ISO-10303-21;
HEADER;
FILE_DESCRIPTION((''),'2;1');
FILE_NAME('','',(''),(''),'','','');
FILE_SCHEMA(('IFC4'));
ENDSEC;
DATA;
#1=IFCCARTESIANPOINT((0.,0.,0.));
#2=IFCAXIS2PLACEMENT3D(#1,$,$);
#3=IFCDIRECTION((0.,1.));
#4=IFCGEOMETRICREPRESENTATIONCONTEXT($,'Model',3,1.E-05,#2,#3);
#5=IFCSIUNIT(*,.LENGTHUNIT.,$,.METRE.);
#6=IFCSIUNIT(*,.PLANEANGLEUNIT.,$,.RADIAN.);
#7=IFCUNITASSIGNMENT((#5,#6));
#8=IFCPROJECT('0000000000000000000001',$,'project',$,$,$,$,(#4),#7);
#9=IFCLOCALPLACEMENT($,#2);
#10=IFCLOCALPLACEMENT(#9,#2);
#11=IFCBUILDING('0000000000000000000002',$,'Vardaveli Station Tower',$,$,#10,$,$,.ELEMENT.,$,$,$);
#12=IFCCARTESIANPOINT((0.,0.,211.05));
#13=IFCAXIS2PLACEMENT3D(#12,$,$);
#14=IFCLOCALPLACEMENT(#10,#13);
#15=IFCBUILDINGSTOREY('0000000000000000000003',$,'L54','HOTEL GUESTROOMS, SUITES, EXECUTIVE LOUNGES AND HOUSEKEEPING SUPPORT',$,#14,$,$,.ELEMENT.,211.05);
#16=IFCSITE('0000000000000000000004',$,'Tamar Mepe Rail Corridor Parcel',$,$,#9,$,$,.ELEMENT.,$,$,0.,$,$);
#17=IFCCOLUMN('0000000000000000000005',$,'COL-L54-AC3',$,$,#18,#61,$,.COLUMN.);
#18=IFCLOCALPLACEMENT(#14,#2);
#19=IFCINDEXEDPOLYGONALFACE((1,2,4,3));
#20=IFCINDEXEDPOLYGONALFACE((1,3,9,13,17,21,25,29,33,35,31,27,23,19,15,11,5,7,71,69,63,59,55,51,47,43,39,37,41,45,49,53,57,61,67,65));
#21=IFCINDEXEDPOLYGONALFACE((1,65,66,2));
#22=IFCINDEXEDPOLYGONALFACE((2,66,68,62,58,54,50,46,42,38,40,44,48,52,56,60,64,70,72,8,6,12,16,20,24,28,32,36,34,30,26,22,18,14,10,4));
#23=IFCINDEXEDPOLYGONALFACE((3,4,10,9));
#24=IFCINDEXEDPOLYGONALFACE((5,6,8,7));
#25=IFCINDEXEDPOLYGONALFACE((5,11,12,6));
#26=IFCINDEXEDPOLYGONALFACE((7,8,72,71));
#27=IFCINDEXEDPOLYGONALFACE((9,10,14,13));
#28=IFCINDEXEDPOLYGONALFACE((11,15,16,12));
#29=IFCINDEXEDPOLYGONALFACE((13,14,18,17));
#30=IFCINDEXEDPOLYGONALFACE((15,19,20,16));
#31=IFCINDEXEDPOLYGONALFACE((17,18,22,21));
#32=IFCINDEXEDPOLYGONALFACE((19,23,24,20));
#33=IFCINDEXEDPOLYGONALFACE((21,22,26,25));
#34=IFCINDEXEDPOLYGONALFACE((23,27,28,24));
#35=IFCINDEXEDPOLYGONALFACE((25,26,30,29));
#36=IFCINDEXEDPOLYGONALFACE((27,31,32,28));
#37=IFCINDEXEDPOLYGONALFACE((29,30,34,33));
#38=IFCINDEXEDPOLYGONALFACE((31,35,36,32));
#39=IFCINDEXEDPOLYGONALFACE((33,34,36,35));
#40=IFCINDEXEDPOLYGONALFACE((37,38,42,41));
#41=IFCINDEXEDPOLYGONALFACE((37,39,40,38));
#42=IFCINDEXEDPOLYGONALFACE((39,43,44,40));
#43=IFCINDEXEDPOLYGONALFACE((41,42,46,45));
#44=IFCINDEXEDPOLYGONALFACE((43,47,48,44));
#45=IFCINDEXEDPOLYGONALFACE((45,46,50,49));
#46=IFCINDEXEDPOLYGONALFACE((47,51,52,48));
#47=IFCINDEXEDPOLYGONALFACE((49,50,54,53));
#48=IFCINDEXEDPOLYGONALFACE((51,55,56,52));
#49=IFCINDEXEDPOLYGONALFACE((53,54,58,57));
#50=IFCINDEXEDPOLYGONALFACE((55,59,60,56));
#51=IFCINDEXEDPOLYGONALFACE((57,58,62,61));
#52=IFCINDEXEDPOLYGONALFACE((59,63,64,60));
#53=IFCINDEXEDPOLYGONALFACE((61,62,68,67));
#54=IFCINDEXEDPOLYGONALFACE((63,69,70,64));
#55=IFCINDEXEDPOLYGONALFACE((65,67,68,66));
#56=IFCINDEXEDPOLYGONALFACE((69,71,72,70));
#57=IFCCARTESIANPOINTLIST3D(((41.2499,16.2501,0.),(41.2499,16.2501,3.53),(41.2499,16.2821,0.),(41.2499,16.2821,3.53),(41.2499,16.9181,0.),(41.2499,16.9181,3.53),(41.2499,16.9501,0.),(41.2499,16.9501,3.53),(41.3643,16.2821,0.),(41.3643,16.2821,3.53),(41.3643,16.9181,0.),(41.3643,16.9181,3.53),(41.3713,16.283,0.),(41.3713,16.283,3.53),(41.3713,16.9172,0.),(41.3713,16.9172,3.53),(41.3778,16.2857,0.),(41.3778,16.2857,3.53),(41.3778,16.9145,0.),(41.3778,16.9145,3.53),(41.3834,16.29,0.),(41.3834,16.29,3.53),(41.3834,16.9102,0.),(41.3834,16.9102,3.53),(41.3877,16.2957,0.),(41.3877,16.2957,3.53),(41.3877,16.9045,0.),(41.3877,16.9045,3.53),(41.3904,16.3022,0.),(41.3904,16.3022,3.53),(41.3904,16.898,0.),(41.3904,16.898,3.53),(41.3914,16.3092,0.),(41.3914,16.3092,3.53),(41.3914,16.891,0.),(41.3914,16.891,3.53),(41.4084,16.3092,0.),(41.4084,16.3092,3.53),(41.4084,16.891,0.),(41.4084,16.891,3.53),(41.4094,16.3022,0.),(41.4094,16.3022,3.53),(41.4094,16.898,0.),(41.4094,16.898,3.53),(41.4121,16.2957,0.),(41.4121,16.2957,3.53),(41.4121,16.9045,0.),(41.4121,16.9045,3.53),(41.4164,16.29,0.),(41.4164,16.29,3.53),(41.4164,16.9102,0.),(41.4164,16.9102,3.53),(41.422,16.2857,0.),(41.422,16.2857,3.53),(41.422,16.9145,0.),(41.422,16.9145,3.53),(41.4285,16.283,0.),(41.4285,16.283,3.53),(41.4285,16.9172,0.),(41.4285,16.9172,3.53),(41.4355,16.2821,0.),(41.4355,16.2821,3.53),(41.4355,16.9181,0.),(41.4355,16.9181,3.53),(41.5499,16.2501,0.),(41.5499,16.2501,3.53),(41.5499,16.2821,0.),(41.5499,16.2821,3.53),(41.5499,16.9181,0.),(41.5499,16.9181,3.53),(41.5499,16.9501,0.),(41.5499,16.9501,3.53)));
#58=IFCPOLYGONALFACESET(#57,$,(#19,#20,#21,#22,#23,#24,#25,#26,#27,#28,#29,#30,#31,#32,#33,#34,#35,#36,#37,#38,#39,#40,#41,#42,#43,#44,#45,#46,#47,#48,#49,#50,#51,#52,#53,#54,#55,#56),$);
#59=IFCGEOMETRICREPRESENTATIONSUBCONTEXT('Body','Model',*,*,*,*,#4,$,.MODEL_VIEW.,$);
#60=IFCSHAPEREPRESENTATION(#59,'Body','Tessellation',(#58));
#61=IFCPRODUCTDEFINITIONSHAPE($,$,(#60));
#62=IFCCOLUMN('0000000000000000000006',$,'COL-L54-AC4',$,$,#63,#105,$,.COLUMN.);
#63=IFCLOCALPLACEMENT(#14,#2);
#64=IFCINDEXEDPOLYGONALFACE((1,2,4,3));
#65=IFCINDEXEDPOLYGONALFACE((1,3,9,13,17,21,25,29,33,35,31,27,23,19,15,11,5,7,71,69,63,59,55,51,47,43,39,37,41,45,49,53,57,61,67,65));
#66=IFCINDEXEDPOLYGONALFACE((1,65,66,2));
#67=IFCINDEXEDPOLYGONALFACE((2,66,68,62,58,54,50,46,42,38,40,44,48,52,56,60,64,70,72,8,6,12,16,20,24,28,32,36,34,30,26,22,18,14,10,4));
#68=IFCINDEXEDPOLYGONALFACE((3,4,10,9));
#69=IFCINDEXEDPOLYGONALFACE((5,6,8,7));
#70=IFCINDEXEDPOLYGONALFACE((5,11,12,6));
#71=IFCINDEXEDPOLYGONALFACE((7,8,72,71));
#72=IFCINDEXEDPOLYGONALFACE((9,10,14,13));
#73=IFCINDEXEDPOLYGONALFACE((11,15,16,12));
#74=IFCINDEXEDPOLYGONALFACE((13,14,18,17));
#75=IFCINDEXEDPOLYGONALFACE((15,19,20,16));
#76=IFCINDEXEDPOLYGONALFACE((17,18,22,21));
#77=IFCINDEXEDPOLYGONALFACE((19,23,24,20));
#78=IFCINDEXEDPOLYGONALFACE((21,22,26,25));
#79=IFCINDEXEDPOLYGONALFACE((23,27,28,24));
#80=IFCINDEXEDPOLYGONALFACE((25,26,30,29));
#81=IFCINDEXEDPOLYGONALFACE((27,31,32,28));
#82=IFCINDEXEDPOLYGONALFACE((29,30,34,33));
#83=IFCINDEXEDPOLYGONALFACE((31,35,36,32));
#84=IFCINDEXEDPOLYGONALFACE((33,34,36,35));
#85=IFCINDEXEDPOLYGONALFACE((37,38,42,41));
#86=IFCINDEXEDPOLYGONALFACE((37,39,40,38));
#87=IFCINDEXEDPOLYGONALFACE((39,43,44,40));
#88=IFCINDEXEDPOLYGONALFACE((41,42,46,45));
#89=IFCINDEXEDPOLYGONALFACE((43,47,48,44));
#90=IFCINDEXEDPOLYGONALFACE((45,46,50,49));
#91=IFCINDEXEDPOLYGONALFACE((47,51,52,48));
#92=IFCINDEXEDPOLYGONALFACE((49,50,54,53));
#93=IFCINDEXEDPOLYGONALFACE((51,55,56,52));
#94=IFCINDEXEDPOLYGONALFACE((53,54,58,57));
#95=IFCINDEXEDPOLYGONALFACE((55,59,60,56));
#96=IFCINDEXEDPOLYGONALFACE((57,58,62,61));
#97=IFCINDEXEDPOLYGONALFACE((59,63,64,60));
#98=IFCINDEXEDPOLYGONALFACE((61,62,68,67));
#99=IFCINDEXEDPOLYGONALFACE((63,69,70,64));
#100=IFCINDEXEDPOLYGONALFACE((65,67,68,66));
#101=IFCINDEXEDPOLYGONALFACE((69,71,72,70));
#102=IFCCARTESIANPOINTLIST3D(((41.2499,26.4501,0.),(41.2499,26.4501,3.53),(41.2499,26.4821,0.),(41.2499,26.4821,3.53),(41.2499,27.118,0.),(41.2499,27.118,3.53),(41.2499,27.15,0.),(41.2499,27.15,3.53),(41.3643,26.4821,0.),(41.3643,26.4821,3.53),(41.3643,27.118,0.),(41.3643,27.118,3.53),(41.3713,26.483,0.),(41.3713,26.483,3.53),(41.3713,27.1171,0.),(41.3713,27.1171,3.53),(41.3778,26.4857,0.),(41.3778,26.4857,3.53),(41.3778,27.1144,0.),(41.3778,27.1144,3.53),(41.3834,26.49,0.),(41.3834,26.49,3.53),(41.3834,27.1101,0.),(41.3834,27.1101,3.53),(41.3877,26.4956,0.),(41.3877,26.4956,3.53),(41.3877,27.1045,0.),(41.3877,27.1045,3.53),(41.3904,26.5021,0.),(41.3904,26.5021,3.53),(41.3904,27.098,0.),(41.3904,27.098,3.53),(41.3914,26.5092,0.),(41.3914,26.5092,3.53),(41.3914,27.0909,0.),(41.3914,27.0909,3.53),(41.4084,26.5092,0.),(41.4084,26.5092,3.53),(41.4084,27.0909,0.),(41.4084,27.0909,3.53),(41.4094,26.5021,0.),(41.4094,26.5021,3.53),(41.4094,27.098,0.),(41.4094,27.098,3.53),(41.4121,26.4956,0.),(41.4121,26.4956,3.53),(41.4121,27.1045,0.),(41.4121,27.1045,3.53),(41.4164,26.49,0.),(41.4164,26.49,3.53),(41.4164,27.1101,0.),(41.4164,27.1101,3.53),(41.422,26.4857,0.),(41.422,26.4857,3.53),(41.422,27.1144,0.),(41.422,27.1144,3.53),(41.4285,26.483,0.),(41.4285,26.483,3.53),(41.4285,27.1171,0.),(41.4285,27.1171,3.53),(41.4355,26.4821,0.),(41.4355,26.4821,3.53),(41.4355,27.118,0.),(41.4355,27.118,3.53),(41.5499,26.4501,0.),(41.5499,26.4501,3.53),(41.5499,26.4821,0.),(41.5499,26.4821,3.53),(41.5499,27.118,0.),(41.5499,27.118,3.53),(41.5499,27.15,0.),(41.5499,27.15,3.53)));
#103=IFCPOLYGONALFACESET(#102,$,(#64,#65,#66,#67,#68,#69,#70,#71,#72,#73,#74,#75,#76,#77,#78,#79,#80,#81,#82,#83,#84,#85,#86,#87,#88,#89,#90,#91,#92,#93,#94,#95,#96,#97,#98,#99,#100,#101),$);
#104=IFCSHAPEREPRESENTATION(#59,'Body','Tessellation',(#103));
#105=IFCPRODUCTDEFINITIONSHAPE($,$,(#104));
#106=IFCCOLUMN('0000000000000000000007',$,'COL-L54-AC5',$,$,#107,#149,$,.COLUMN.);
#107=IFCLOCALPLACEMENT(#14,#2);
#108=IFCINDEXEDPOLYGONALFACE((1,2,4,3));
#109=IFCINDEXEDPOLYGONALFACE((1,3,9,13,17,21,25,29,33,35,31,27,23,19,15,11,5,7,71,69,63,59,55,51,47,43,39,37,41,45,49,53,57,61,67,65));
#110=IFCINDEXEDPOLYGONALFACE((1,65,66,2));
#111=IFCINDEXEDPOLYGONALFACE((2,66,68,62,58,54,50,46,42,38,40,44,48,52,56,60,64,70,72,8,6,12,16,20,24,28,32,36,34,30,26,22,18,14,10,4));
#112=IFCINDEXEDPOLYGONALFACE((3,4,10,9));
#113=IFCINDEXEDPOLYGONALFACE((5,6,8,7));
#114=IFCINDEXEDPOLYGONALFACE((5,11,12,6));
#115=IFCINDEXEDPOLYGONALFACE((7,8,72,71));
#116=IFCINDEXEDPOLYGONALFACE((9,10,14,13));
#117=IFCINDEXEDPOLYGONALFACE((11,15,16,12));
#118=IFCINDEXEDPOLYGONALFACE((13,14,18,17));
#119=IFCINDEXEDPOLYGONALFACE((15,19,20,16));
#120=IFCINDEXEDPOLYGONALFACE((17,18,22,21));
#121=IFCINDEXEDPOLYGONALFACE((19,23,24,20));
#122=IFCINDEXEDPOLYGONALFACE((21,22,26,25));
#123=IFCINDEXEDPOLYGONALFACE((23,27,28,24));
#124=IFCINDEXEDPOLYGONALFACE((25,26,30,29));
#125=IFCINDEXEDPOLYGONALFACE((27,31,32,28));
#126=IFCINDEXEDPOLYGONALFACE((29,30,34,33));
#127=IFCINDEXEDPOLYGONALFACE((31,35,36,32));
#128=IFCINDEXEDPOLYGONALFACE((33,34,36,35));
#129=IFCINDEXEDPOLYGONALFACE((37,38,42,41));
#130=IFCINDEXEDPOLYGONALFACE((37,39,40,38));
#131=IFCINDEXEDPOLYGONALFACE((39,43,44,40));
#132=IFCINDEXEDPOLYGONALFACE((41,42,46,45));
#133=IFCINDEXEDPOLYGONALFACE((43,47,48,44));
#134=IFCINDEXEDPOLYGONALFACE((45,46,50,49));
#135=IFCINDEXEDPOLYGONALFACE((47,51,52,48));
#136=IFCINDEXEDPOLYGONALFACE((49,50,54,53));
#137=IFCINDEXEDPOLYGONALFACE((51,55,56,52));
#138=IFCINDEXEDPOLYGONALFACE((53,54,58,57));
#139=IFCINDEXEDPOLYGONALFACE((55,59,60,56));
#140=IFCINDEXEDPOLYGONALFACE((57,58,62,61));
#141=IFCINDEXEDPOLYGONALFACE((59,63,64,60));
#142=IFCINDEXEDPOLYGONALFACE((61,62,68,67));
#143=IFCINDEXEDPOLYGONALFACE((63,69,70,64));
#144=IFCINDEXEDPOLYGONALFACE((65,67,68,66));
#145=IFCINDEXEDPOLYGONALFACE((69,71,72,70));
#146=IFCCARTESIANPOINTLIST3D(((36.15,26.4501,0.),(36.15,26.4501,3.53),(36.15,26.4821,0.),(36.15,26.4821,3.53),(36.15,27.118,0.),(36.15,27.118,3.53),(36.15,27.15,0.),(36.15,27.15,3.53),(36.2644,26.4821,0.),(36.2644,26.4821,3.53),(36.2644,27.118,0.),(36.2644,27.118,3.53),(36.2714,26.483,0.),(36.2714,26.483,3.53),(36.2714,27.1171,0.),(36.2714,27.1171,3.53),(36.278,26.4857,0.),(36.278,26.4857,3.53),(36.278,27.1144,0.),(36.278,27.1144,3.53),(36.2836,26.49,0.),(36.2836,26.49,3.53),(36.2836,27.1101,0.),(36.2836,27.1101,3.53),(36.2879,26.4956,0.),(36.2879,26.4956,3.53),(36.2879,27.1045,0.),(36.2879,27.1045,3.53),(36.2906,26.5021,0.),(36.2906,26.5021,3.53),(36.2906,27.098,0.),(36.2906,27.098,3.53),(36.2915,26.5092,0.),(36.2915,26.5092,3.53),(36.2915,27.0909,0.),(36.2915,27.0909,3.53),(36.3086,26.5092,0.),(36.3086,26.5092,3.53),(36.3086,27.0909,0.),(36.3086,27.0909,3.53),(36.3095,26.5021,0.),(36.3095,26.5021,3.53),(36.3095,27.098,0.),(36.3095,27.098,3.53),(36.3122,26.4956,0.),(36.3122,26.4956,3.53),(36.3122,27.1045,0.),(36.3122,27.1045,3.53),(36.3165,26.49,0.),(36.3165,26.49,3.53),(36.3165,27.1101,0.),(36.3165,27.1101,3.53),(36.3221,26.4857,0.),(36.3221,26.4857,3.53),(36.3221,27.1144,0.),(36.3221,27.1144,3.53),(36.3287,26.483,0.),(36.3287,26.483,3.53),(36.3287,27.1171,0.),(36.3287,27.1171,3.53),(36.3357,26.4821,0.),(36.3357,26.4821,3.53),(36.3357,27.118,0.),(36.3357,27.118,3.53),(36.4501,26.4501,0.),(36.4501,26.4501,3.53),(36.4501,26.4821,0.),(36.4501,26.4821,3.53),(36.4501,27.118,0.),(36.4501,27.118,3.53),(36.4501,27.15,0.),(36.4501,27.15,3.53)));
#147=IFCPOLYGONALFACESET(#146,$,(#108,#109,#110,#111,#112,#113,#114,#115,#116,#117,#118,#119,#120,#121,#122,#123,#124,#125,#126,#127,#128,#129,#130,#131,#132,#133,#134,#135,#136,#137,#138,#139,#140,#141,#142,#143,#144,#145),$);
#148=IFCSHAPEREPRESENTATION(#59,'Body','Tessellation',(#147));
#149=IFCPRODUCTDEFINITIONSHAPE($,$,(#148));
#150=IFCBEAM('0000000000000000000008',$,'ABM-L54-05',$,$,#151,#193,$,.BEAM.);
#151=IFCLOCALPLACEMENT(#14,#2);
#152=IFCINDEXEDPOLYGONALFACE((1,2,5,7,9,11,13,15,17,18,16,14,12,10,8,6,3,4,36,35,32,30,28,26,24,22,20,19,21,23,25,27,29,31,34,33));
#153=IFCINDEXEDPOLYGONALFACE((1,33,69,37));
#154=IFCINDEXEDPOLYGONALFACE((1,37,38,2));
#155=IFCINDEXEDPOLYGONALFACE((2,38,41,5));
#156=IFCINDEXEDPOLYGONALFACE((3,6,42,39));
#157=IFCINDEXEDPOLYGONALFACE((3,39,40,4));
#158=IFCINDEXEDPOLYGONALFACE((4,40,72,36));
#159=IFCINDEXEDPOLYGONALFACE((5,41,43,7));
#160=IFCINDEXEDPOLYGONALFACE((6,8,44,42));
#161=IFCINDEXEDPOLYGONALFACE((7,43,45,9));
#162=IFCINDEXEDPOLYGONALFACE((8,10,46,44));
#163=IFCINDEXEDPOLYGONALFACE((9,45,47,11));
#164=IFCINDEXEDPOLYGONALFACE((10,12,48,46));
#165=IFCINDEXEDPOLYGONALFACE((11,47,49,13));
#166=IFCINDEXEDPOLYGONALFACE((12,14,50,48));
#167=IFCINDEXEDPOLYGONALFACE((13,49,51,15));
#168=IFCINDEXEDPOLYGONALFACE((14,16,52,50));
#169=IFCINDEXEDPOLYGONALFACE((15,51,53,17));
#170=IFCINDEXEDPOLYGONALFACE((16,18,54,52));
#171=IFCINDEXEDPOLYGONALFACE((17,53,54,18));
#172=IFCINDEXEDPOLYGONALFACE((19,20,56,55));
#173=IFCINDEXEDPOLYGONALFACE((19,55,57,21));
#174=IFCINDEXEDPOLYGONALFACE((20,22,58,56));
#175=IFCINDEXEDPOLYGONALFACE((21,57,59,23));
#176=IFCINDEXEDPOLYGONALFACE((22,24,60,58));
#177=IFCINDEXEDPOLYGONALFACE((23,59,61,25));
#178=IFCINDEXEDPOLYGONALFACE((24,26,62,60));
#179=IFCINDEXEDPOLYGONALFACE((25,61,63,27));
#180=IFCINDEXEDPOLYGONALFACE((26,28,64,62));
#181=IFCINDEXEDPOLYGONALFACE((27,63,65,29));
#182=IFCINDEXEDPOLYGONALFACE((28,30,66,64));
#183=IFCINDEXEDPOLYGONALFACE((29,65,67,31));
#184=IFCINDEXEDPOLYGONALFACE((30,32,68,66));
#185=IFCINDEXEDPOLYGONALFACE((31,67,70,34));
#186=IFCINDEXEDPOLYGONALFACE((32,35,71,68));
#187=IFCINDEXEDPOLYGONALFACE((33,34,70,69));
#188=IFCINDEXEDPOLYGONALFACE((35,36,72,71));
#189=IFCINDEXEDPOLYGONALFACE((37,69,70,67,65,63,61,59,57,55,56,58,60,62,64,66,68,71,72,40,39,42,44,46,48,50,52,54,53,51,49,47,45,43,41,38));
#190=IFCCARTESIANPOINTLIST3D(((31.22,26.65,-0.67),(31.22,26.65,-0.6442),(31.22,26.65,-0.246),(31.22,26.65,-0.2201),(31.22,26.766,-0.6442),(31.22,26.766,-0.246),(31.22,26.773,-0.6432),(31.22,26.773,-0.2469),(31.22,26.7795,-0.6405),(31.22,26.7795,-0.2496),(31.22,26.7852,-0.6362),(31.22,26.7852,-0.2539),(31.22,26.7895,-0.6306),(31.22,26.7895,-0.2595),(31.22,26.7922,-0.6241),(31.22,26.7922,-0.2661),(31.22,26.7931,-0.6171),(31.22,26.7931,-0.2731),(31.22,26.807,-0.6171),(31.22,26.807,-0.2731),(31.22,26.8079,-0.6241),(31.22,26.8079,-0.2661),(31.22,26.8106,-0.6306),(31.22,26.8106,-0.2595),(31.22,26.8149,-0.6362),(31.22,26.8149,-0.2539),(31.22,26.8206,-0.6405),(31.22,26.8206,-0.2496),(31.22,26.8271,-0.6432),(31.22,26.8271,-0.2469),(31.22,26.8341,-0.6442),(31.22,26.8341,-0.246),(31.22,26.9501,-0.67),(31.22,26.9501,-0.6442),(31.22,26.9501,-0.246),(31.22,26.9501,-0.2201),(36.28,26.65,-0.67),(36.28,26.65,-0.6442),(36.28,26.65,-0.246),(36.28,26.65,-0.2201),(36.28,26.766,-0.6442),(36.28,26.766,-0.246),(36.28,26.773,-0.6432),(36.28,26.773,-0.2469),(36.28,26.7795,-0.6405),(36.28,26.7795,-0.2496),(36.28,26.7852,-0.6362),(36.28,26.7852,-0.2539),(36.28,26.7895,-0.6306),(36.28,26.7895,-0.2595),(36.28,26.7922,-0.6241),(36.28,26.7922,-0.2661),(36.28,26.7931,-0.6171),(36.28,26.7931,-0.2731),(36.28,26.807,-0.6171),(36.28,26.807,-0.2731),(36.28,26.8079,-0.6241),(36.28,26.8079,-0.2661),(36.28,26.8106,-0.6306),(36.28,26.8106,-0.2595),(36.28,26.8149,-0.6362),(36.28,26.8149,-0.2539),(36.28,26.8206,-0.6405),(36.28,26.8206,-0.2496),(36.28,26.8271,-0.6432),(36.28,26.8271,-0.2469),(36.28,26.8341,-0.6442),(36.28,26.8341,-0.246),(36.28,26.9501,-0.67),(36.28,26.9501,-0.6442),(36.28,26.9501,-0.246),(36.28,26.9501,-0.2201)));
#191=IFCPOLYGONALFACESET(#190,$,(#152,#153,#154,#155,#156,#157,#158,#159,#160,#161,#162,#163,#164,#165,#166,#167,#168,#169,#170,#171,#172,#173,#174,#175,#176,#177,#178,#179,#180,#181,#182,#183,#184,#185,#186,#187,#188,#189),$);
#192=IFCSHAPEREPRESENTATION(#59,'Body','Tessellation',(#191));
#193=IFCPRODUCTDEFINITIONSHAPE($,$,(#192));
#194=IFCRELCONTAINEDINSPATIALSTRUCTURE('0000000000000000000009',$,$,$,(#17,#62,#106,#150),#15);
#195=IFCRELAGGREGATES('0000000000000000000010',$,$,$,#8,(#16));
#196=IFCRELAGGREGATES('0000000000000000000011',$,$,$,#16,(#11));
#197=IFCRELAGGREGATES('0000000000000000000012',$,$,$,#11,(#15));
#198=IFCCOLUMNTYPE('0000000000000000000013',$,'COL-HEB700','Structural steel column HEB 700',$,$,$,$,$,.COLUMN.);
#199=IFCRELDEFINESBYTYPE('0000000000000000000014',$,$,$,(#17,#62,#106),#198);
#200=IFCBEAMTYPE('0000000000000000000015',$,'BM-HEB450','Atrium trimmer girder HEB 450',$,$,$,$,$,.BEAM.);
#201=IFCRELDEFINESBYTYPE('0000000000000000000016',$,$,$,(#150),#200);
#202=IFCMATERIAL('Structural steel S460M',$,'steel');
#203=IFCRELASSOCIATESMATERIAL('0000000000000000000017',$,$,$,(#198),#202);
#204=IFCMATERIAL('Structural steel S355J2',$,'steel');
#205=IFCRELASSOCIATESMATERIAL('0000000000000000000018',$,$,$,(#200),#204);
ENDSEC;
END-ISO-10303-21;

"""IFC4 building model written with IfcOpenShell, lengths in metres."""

from ifc_helpers import new_model, si_unit, direction, frame, origin, origin_2d, place, context, subcontext, project, spatial, i_section, extrude, source, transform, mapped, material, material_profile, profile_set, type_object, element, save


model = new_model("IFC4")

# Units and contexts
model_context = context("Model", 3, precision=1e-05, world=origin(), true_north=direction((0.0, 1.0)))
body_context = subcontext(model_context, "Body", "Model", "MODEL_VIEW")
ifc_project = project(units=[si_unit("LENGTHUNIT", "METRE"), si_unit("PLANEANGLEUNIT", "RADIAN")], contexts=[model_context])

# Site, building, storey
site_placement = place(None, origin())
site = spatial("IfcSite", under=ifc_project, at=site_placement, Name="Tamar Mepe Rail Corridor Parcel", CompositionType="ELEMENT", RefElevation=0.0)
building_placement = place(site_placement, origin())
building = spatial("IfcBuilding", under=site, at=building_placement, Name="Vardaveli Station Tower", CompositionType="ELEMENT")
storey_placement = place(building_placement, frame((0.0, 0.0, 211.05)))
storey = spatial("IfcBuildingStorey", under=building, at=storey_placement, Name="L54", Description="HOTEL GUESTROOMS, SUITES, EXECUTIVE LOUNGES AND HOUSEKEEPING SUPPORT", CompositionType="ELEMENT", Elevation=211.05)

# Columns
ifc_material_1 = material(Name="Structural steel S460M", Category="steel")
ifc_material_profile_1 = material_profile(ifc_material_1, i_section(OverallWidth=0.3, OverallDepth=0.7, WebThickness=0.0171, FlangeThickness=0.032, FilletRadius=0.0271, at=origin_2d()), Name="HEB 700")
ifc_profile_set_1 = profile_set([ifc_material_profile_1], Name="Structural steel S460M")
column_type = type_object("IfcColumnType", Name="COL-HEB700", Description="Structural steel column HEB 700", PredefinedType="COLUMN", material=ifc_profile_set_1)
shared_shape_1 = source(origin(), body_context, "Body", "SweptSolid", [
    extrude(i_section(OverallWidth=0.3, OverallDepth=0.7, WebThickness=0.0171, FlangeThickness=0.032, FilletRadius=0.0271, at=origin_2d()), origin(), (0.0, 0.0, 1.0), 3.53),
])
for number, where, z_axis, x_axis, name in (
    (1, (41.3999, 16.6001, 0.0), (0.0, 0.0, 1.0), (1.0, 0.0, 0.0), "COL-L54-AC3"),
    (2, (41.3999, 26.8, 0.0), (0.0, 0.0, 1.0), (1.0, 0.0, 0.0), "COL-L54-AC4"),
    (3, (36.3, 26.8, 0.0), (0.0, 0.0, 1.0), (1.0, 0.0, 0.0), "COL-L54-AC5"),
):
    element("IfcColumn", number, at=place(storey_placement, frame(where, z_axis=z_axis, x_axis=x_axis)), inside=storey, type_object=column_type, Name=name, PredefinedType="COLUMN", context=body_context, shape_type="MappedRepresentation", body=[
        mapped(shared_shape_1, transform((0.0, 0.0, 0.0), scale=1.0)),
    ])

# Beam
ifc_material_2 = material(Name="Structural steel S355J2", Category="steel")
ifc_material_profile_2 = material_profile(ifc_material_2, i_section(OverallWidth=0.3, OverallDepth=0.45, WebThickness=0.0139, FlangeThickness=0.0259, FilletRadius=0.0271, at=origin_2d()), Name="HEB 450")
ifc_profile_set_2 = profile_set([ifc_material_profile_2], Name="Structural steel S355J2")
beam_type_1 = type_object("IfcBeamType", Name="BM-HEB450", Description="Atrium trimmer girder HEB 450", PredefinedType="BEAM", material=ifc_profile_set_2)
shared_shape_2 = source(origin(), body_context, "Body", "SweptSolid", [
    extrude(i_section(OverallWidth=0.3, OverallDepth=0.45, WebThickness=0.0139, FlangeThickness=0.0259, FilletRadius=0.0271, at=origin_2d()), origin(), (0.0, 0.0, 1.0), 5.0601),
])
beam_1_placement = place(storey_placement, frame((36.28, 26.8, -0.4451), z_axis=(-1.0, 0.0, 0.0), x_axis=(0.0, -1.0, 0.0)))
element("IfcBeam", 4, at=beam_1_placement, inside=storey, type_object=beam_type_1, Name="ABM-L54-05", PredefinedType="BEAM", context=body_context, shape_type="MappedRepresentation", body=[
    mapped(shared_shape_2, transform((0.0, 0.0, 0.0), scale=1.0)),
])

save(model, "model.ifc")
